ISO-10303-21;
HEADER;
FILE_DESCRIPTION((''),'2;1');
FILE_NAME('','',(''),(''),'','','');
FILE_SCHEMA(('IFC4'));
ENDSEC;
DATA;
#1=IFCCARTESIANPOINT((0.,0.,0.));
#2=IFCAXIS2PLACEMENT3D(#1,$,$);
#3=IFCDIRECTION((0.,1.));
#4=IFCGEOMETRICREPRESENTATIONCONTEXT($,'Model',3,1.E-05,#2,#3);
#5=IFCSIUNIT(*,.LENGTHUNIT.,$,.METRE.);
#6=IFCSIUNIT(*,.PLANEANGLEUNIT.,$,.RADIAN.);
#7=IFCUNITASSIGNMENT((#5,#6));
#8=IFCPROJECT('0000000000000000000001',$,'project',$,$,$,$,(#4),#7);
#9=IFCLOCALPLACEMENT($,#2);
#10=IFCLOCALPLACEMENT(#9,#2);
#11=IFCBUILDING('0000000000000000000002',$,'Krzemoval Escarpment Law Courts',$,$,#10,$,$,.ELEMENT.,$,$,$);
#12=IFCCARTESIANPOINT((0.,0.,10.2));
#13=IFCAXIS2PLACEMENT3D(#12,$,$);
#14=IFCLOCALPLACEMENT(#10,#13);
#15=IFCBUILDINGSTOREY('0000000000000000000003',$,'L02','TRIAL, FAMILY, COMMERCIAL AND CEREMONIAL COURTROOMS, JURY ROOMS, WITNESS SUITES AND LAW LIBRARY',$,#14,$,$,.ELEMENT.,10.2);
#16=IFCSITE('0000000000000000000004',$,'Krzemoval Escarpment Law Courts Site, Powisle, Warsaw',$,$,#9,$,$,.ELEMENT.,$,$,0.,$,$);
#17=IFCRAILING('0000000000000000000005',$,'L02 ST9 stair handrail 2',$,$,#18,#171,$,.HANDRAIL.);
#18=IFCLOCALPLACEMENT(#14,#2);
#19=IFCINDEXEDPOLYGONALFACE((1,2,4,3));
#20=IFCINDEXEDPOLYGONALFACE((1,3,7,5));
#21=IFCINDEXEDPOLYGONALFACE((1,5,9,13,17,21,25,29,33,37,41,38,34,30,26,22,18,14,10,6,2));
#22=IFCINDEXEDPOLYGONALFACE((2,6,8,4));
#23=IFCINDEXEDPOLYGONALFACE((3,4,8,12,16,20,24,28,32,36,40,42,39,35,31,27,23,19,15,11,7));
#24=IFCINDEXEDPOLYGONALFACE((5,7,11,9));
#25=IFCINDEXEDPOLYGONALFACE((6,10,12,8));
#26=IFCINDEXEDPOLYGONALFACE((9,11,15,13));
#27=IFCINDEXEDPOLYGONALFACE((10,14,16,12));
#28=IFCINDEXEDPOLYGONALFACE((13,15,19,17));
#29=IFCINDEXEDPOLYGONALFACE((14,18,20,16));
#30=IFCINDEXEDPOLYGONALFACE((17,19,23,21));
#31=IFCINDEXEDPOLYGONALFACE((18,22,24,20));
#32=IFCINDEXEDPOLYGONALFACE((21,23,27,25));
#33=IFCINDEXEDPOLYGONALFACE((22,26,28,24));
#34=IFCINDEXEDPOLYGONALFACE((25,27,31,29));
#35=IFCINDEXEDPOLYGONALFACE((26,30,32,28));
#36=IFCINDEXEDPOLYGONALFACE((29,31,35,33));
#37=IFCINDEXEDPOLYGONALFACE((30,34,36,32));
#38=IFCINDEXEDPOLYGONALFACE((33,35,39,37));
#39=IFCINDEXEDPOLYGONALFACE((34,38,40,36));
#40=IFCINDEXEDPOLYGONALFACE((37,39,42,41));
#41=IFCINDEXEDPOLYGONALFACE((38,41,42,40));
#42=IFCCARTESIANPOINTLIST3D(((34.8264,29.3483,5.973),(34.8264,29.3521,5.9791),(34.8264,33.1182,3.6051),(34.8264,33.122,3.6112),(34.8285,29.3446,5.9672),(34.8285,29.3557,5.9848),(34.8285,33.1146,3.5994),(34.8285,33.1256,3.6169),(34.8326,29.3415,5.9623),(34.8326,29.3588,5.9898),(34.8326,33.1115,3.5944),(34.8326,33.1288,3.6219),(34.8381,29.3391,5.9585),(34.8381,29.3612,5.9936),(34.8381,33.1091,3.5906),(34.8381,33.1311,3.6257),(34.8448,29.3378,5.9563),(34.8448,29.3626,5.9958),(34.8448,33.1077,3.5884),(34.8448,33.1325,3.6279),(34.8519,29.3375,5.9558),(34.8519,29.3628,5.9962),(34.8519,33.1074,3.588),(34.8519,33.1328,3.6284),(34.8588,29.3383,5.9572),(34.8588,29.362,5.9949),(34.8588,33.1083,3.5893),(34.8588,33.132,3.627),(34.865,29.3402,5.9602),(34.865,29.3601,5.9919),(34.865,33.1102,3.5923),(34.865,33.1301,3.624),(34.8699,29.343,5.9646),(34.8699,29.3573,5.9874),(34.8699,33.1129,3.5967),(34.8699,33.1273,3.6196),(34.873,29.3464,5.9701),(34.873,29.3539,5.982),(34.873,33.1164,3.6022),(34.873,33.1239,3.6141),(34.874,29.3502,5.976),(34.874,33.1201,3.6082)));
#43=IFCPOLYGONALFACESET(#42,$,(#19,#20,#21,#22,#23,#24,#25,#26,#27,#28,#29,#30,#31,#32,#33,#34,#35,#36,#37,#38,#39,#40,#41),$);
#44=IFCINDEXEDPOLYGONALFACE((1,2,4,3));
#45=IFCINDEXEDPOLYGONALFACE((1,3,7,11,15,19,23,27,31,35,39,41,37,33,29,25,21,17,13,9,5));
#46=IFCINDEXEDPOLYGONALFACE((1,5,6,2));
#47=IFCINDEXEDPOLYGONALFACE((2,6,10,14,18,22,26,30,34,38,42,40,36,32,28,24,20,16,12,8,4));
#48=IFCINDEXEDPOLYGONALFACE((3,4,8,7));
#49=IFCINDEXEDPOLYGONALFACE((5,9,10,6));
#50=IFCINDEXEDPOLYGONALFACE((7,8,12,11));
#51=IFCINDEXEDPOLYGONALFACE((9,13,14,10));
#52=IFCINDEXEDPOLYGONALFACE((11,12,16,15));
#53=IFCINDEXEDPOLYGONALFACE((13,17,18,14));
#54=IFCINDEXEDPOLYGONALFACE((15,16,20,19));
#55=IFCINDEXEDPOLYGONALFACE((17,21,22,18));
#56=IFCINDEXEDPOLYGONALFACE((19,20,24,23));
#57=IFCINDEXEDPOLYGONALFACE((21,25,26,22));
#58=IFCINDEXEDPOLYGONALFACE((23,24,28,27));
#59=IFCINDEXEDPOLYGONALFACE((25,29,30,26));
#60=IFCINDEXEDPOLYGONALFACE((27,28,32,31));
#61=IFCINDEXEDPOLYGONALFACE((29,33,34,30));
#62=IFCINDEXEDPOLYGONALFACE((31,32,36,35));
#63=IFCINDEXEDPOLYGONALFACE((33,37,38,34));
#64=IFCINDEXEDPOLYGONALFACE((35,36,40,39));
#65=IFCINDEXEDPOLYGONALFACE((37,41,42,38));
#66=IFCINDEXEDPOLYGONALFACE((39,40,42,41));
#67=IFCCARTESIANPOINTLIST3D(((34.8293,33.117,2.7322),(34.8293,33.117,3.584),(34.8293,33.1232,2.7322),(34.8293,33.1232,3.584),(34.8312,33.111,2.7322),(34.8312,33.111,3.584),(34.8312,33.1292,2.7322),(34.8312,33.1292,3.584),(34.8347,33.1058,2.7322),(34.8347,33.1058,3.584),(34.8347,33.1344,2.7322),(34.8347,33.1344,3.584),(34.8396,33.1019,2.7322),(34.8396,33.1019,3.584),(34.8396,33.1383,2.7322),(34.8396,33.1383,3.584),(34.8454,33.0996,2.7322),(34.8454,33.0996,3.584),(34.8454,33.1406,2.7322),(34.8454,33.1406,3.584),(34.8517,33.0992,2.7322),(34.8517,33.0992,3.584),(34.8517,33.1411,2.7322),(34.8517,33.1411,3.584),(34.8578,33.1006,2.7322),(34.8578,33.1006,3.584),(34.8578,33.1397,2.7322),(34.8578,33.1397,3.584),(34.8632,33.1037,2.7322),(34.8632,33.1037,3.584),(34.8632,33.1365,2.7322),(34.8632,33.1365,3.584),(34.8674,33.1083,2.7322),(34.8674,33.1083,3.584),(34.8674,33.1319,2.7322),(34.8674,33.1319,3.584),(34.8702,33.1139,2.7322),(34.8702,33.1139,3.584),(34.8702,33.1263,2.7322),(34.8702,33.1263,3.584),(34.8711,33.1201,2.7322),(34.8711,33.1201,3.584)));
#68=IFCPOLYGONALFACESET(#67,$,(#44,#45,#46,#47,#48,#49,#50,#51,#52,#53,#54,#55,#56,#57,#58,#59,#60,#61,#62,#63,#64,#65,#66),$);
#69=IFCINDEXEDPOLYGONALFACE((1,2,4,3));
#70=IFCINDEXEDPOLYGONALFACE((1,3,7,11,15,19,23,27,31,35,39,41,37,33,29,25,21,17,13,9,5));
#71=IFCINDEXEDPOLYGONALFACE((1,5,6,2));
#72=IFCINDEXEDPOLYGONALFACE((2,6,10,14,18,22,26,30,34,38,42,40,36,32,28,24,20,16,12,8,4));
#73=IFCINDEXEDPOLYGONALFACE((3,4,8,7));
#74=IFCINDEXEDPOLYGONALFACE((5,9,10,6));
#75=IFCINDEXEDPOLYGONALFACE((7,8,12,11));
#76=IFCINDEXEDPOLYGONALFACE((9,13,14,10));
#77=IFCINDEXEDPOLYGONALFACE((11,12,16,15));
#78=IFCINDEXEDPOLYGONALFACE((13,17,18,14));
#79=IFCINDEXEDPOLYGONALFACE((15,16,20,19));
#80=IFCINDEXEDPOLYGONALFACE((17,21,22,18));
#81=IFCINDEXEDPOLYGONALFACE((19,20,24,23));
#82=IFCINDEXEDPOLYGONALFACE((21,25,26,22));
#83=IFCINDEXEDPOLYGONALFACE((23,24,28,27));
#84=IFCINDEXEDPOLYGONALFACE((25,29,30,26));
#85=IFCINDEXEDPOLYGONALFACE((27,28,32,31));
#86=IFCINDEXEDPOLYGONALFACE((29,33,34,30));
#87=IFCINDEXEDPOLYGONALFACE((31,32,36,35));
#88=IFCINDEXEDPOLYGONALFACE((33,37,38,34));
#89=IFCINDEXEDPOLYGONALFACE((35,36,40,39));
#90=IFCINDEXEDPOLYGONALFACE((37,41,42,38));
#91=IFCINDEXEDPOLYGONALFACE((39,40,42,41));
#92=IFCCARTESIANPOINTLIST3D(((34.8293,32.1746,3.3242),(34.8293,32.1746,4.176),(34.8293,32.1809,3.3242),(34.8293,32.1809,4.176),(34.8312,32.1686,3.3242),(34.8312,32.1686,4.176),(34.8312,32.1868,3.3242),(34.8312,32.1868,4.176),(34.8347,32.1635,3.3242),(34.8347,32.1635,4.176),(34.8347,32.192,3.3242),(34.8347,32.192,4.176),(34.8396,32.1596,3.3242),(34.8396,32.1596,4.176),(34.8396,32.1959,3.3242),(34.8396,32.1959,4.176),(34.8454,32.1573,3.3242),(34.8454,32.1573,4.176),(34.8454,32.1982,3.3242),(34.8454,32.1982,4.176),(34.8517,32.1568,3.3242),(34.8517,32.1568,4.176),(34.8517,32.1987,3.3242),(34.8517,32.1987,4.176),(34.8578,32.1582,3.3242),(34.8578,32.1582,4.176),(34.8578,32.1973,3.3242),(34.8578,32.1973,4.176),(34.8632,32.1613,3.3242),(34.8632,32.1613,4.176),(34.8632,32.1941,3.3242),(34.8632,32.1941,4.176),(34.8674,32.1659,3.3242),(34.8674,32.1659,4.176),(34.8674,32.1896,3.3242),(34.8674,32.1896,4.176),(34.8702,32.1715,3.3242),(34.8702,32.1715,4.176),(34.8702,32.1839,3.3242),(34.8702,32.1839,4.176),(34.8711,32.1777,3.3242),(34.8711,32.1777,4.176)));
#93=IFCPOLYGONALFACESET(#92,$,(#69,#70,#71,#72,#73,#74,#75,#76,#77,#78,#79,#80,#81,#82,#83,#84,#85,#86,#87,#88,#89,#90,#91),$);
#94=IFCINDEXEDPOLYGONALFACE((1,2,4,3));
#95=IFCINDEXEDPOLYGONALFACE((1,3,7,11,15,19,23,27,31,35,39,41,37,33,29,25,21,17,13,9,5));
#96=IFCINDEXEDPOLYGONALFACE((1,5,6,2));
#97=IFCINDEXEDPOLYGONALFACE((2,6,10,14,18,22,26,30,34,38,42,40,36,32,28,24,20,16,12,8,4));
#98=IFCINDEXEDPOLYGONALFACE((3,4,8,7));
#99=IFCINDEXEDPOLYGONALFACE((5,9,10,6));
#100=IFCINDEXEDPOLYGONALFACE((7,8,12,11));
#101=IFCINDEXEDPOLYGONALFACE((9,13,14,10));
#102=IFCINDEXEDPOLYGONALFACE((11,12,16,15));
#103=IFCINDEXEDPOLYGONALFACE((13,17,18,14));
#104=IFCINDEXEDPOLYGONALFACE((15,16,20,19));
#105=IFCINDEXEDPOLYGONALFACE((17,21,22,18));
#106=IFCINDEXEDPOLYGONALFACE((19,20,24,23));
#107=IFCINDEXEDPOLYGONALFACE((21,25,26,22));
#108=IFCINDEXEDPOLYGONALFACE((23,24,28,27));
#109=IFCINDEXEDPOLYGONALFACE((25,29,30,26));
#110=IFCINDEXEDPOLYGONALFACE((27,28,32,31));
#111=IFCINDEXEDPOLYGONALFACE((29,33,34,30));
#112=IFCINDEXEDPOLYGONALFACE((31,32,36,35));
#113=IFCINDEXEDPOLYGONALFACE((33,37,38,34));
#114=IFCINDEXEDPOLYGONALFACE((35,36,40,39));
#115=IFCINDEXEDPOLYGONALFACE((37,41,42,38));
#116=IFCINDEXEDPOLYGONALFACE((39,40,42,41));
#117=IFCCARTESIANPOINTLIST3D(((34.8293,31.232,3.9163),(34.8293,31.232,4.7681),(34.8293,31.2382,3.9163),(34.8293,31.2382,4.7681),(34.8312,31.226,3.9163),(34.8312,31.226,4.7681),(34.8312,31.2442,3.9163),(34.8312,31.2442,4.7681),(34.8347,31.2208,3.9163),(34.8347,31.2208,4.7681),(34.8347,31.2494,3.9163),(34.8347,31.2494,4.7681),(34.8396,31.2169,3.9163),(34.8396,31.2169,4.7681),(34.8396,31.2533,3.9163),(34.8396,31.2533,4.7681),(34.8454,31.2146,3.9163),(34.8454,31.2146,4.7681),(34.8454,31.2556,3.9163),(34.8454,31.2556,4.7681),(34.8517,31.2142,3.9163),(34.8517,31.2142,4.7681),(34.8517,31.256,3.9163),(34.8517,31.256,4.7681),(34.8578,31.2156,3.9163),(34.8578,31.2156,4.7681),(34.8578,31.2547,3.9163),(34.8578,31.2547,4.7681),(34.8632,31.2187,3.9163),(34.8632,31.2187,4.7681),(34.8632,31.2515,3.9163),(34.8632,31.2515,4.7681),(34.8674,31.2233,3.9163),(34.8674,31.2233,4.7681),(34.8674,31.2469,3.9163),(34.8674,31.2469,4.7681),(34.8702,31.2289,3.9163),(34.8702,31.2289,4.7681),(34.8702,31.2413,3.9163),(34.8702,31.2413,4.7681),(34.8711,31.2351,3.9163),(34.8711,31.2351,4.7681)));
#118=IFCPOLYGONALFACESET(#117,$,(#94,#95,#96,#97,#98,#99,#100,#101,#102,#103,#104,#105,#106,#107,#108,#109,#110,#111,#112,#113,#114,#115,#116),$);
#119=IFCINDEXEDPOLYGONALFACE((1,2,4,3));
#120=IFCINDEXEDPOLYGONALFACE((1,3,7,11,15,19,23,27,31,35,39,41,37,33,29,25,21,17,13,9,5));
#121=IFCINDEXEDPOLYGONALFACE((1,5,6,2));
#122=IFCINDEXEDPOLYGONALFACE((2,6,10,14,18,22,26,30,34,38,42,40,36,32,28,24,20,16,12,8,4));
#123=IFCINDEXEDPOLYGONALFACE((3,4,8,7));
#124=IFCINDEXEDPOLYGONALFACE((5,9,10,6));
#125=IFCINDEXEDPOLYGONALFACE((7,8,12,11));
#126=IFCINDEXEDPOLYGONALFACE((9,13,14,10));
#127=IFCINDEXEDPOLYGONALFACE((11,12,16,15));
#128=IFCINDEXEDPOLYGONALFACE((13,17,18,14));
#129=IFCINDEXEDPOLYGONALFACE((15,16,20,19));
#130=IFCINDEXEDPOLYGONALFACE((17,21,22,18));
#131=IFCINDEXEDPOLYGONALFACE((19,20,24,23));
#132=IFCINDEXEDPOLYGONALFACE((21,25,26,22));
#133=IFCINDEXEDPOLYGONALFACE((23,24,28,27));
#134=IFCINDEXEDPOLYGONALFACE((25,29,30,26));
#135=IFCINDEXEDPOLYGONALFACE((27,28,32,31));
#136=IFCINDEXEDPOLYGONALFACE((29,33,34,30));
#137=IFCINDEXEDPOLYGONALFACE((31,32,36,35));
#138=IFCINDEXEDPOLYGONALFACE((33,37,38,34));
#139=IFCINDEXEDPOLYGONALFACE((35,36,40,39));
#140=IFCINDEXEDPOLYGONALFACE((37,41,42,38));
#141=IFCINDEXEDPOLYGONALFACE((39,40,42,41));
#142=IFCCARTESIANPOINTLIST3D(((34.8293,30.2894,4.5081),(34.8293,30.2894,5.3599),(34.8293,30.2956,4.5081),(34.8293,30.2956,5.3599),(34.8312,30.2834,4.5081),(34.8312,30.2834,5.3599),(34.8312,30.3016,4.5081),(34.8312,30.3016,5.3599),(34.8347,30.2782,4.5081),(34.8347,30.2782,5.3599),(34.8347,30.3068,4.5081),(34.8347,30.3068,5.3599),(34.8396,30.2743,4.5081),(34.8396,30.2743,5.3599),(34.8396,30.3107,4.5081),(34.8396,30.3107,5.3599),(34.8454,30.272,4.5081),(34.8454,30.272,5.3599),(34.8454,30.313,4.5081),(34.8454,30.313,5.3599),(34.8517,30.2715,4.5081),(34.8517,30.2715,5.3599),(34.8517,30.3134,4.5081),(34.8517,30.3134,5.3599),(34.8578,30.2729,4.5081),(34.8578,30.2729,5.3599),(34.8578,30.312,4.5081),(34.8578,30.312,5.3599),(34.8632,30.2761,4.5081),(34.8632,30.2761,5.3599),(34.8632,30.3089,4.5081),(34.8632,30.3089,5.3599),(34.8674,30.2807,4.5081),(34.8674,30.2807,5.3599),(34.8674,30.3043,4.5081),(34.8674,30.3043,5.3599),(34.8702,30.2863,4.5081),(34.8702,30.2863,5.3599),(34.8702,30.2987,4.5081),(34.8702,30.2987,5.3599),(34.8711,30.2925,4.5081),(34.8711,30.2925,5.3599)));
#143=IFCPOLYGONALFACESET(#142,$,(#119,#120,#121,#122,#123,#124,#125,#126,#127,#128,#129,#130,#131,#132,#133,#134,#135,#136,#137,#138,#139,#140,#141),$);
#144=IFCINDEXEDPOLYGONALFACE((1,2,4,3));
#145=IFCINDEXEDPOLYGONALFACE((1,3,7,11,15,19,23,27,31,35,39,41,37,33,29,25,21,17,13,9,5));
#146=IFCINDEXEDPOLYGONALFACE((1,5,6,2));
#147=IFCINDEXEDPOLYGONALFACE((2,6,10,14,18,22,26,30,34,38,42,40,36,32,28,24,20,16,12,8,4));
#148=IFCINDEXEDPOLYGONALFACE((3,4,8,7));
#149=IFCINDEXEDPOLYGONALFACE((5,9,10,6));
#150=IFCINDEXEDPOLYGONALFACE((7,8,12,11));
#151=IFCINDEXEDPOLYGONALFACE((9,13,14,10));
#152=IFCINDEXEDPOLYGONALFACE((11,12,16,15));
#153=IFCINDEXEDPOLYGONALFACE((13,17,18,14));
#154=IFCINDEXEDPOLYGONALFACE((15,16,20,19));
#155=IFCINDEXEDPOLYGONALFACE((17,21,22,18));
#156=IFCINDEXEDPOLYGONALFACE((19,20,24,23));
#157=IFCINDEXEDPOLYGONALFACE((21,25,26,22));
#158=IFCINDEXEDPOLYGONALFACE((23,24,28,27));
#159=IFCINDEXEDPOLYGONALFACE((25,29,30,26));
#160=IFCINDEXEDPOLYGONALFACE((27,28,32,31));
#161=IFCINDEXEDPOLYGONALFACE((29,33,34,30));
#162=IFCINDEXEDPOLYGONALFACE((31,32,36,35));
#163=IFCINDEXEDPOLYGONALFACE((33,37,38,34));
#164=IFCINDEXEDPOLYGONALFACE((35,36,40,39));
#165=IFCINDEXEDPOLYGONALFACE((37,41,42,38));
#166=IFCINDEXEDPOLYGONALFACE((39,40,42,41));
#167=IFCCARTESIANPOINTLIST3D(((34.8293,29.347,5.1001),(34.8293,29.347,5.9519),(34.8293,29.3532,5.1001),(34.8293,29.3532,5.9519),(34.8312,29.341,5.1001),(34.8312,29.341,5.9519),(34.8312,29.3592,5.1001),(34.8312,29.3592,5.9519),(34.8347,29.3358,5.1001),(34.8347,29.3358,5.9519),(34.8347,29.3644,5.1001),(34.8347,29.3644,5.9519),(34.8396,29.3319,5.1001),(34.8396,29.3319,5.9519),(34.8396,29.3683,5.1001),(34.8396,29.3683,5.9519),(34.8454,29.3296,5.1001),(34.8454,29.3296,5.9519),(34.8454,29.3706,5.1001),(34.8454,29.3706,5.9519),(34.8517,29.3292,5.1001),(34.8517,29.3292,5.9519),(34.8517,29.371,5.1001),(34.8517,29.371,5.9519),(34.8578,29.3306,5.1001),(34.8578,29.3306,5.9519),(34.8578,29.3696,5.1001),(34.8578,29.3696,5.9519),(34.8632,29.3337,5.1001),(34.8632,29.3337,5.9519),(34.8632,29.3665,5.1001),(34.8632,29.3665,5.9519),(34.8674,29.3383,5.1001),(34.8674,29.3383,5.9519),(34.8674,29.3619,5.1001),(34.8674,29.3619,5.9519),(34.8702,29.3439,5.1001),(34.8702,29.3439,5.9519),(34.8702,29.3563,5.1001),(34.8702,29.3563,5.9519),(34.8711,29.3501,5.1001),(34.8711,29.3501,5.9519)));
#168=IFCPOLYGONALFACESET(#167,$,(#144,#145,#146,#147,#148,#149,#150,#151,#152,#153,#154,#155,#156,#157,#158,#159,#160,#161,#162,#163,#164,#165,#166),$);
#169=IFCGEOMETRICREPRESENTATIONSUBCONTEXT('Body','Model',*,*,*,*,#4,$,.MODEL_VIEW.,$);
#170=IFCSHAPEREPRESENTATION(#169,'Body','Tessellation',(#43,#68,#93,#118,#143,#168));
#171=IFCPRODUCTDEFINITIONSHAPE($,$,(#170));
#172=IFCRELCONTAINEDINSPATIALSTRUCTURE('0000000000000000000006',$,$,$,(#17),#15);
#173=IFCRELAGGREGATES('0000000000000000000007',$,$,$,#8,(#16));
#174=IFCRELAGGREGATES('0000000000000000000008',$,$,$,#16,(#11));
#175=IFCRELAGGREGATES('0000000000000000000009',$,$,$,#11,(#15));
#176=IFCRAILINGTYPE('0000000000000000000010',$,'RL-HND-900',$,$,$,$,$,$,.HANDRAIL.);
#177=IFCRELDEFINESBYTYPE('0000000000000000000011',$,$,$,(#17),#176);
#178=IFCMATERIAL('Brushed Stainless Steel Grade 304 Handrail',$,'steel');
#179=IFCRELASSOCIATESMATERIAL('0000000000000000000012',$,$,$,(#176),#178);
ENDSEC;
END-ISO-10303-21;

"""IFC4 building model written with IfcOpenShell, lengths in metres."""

from ifc_helpers import new_model, si_unit, direction, frame, origin, origin_2d, place, context, subcontext, project, spatial, circle, extrude, material, type_object, element, save


model = new_model("IFC4")

# Units and contexts
model_context = context("Model", 3, precision=1e-05, world=origin(), true_north=direction((0.0, 1.0)))
body_context = subcontext(model_context, "Body", "Model", "MODEL_VIEW")
ifc_project = project(units=[si_unit("LENGTHUNIT", "METRE"), si_unit("PLANEANGLEUNIT", "RADIAN")], contexts=[model_context])

# Site, building, storey
site_placement = place(None, origin())
site = spatial("IfcSite", under=ifc_project, at=site_placement, Name="Krzemoval Escarpment Law Courts Site, Powisle, Warsaw", CompositionType="ELEMENT", RefElevation=0.0)
building_placement = place(site_placement, origin())
building = spatial("IfcBuilding", under=site, at=building_placement, Name="Krzemoval Escarpment Law Courts", CompositionType="ELEMENT")
storey_placement = place(building_placement, frame((0.0, 0.0, 10.2)))
storey = spatial("IfcBuildingStorey", under=building, at=storey_placement, Name="L02", Description="TRIAL, FAMILY, COMMERCIAL AND CEREMONIAL COURTROOMS, JURY ROOMS, WITNESS SUITES AND LAW LIBRARY", CompositionType="ELEMENT", Elevation=10.2)

# Railing
ifc_material_1 = material(Name="Brushed Stainless Steel Grade 304 Handrail", Category="steel")
railing_type_1 = type_object("IfcRailingType", Name="RL-HND-900", PredefinedType="HANDRAIL", material=ifc_material_1)
railing_1_placement = place(storey_placement, frame((34.8501, 33.1201, 2.7322)))
element("IfcRailing", 1, at=railing_1_placement, inside=storey, type_object=railing_type_1, Name="L02 ST9 stair handrail 2", PredefinedType="HANDRAIL", context=body_context, shape_type="SweptSolid", body=[
    extrude(circle(Radius=0.0239, at=origin_2d()), frame((0.0, 0.0, 0.876), z_axis=(0.0, -0.846819, 0.531881), x_axis=(1.0, 0.0, 0.0)), (0.0, 0.0, 1.0), 4.4519),
    extrude(circle(Radius=0.021, at=origin_2d()), origin(), (0.0, 0.0, 1.0), 0.8518),
    extrude(circle(Radius=0.021, at=origin_2d()), frame((0.0, -0.9424, 0.592)), (0.0, 0.0, 1.0), 0.8518),
    extrude(circle(Radius=0.021, at=origin_2d()), frame((0.0, -1.885, 1.1841)), (0.0, 0.0, 1.0), 0.8518),
    extrude(circle(Radius=0.021, at=origin_2d()), frame((0.0, -2.8276, 1.7759)), (0.0, 0.0, 1.0), 0.8518),
    extrude(circle(Radius=0.021, at=origin_2d()), frame((0.0, -3.77, 2.3679)), (0.0, 0.0, 1.0), 0.8518),
])

save(model, "model.ifc")
